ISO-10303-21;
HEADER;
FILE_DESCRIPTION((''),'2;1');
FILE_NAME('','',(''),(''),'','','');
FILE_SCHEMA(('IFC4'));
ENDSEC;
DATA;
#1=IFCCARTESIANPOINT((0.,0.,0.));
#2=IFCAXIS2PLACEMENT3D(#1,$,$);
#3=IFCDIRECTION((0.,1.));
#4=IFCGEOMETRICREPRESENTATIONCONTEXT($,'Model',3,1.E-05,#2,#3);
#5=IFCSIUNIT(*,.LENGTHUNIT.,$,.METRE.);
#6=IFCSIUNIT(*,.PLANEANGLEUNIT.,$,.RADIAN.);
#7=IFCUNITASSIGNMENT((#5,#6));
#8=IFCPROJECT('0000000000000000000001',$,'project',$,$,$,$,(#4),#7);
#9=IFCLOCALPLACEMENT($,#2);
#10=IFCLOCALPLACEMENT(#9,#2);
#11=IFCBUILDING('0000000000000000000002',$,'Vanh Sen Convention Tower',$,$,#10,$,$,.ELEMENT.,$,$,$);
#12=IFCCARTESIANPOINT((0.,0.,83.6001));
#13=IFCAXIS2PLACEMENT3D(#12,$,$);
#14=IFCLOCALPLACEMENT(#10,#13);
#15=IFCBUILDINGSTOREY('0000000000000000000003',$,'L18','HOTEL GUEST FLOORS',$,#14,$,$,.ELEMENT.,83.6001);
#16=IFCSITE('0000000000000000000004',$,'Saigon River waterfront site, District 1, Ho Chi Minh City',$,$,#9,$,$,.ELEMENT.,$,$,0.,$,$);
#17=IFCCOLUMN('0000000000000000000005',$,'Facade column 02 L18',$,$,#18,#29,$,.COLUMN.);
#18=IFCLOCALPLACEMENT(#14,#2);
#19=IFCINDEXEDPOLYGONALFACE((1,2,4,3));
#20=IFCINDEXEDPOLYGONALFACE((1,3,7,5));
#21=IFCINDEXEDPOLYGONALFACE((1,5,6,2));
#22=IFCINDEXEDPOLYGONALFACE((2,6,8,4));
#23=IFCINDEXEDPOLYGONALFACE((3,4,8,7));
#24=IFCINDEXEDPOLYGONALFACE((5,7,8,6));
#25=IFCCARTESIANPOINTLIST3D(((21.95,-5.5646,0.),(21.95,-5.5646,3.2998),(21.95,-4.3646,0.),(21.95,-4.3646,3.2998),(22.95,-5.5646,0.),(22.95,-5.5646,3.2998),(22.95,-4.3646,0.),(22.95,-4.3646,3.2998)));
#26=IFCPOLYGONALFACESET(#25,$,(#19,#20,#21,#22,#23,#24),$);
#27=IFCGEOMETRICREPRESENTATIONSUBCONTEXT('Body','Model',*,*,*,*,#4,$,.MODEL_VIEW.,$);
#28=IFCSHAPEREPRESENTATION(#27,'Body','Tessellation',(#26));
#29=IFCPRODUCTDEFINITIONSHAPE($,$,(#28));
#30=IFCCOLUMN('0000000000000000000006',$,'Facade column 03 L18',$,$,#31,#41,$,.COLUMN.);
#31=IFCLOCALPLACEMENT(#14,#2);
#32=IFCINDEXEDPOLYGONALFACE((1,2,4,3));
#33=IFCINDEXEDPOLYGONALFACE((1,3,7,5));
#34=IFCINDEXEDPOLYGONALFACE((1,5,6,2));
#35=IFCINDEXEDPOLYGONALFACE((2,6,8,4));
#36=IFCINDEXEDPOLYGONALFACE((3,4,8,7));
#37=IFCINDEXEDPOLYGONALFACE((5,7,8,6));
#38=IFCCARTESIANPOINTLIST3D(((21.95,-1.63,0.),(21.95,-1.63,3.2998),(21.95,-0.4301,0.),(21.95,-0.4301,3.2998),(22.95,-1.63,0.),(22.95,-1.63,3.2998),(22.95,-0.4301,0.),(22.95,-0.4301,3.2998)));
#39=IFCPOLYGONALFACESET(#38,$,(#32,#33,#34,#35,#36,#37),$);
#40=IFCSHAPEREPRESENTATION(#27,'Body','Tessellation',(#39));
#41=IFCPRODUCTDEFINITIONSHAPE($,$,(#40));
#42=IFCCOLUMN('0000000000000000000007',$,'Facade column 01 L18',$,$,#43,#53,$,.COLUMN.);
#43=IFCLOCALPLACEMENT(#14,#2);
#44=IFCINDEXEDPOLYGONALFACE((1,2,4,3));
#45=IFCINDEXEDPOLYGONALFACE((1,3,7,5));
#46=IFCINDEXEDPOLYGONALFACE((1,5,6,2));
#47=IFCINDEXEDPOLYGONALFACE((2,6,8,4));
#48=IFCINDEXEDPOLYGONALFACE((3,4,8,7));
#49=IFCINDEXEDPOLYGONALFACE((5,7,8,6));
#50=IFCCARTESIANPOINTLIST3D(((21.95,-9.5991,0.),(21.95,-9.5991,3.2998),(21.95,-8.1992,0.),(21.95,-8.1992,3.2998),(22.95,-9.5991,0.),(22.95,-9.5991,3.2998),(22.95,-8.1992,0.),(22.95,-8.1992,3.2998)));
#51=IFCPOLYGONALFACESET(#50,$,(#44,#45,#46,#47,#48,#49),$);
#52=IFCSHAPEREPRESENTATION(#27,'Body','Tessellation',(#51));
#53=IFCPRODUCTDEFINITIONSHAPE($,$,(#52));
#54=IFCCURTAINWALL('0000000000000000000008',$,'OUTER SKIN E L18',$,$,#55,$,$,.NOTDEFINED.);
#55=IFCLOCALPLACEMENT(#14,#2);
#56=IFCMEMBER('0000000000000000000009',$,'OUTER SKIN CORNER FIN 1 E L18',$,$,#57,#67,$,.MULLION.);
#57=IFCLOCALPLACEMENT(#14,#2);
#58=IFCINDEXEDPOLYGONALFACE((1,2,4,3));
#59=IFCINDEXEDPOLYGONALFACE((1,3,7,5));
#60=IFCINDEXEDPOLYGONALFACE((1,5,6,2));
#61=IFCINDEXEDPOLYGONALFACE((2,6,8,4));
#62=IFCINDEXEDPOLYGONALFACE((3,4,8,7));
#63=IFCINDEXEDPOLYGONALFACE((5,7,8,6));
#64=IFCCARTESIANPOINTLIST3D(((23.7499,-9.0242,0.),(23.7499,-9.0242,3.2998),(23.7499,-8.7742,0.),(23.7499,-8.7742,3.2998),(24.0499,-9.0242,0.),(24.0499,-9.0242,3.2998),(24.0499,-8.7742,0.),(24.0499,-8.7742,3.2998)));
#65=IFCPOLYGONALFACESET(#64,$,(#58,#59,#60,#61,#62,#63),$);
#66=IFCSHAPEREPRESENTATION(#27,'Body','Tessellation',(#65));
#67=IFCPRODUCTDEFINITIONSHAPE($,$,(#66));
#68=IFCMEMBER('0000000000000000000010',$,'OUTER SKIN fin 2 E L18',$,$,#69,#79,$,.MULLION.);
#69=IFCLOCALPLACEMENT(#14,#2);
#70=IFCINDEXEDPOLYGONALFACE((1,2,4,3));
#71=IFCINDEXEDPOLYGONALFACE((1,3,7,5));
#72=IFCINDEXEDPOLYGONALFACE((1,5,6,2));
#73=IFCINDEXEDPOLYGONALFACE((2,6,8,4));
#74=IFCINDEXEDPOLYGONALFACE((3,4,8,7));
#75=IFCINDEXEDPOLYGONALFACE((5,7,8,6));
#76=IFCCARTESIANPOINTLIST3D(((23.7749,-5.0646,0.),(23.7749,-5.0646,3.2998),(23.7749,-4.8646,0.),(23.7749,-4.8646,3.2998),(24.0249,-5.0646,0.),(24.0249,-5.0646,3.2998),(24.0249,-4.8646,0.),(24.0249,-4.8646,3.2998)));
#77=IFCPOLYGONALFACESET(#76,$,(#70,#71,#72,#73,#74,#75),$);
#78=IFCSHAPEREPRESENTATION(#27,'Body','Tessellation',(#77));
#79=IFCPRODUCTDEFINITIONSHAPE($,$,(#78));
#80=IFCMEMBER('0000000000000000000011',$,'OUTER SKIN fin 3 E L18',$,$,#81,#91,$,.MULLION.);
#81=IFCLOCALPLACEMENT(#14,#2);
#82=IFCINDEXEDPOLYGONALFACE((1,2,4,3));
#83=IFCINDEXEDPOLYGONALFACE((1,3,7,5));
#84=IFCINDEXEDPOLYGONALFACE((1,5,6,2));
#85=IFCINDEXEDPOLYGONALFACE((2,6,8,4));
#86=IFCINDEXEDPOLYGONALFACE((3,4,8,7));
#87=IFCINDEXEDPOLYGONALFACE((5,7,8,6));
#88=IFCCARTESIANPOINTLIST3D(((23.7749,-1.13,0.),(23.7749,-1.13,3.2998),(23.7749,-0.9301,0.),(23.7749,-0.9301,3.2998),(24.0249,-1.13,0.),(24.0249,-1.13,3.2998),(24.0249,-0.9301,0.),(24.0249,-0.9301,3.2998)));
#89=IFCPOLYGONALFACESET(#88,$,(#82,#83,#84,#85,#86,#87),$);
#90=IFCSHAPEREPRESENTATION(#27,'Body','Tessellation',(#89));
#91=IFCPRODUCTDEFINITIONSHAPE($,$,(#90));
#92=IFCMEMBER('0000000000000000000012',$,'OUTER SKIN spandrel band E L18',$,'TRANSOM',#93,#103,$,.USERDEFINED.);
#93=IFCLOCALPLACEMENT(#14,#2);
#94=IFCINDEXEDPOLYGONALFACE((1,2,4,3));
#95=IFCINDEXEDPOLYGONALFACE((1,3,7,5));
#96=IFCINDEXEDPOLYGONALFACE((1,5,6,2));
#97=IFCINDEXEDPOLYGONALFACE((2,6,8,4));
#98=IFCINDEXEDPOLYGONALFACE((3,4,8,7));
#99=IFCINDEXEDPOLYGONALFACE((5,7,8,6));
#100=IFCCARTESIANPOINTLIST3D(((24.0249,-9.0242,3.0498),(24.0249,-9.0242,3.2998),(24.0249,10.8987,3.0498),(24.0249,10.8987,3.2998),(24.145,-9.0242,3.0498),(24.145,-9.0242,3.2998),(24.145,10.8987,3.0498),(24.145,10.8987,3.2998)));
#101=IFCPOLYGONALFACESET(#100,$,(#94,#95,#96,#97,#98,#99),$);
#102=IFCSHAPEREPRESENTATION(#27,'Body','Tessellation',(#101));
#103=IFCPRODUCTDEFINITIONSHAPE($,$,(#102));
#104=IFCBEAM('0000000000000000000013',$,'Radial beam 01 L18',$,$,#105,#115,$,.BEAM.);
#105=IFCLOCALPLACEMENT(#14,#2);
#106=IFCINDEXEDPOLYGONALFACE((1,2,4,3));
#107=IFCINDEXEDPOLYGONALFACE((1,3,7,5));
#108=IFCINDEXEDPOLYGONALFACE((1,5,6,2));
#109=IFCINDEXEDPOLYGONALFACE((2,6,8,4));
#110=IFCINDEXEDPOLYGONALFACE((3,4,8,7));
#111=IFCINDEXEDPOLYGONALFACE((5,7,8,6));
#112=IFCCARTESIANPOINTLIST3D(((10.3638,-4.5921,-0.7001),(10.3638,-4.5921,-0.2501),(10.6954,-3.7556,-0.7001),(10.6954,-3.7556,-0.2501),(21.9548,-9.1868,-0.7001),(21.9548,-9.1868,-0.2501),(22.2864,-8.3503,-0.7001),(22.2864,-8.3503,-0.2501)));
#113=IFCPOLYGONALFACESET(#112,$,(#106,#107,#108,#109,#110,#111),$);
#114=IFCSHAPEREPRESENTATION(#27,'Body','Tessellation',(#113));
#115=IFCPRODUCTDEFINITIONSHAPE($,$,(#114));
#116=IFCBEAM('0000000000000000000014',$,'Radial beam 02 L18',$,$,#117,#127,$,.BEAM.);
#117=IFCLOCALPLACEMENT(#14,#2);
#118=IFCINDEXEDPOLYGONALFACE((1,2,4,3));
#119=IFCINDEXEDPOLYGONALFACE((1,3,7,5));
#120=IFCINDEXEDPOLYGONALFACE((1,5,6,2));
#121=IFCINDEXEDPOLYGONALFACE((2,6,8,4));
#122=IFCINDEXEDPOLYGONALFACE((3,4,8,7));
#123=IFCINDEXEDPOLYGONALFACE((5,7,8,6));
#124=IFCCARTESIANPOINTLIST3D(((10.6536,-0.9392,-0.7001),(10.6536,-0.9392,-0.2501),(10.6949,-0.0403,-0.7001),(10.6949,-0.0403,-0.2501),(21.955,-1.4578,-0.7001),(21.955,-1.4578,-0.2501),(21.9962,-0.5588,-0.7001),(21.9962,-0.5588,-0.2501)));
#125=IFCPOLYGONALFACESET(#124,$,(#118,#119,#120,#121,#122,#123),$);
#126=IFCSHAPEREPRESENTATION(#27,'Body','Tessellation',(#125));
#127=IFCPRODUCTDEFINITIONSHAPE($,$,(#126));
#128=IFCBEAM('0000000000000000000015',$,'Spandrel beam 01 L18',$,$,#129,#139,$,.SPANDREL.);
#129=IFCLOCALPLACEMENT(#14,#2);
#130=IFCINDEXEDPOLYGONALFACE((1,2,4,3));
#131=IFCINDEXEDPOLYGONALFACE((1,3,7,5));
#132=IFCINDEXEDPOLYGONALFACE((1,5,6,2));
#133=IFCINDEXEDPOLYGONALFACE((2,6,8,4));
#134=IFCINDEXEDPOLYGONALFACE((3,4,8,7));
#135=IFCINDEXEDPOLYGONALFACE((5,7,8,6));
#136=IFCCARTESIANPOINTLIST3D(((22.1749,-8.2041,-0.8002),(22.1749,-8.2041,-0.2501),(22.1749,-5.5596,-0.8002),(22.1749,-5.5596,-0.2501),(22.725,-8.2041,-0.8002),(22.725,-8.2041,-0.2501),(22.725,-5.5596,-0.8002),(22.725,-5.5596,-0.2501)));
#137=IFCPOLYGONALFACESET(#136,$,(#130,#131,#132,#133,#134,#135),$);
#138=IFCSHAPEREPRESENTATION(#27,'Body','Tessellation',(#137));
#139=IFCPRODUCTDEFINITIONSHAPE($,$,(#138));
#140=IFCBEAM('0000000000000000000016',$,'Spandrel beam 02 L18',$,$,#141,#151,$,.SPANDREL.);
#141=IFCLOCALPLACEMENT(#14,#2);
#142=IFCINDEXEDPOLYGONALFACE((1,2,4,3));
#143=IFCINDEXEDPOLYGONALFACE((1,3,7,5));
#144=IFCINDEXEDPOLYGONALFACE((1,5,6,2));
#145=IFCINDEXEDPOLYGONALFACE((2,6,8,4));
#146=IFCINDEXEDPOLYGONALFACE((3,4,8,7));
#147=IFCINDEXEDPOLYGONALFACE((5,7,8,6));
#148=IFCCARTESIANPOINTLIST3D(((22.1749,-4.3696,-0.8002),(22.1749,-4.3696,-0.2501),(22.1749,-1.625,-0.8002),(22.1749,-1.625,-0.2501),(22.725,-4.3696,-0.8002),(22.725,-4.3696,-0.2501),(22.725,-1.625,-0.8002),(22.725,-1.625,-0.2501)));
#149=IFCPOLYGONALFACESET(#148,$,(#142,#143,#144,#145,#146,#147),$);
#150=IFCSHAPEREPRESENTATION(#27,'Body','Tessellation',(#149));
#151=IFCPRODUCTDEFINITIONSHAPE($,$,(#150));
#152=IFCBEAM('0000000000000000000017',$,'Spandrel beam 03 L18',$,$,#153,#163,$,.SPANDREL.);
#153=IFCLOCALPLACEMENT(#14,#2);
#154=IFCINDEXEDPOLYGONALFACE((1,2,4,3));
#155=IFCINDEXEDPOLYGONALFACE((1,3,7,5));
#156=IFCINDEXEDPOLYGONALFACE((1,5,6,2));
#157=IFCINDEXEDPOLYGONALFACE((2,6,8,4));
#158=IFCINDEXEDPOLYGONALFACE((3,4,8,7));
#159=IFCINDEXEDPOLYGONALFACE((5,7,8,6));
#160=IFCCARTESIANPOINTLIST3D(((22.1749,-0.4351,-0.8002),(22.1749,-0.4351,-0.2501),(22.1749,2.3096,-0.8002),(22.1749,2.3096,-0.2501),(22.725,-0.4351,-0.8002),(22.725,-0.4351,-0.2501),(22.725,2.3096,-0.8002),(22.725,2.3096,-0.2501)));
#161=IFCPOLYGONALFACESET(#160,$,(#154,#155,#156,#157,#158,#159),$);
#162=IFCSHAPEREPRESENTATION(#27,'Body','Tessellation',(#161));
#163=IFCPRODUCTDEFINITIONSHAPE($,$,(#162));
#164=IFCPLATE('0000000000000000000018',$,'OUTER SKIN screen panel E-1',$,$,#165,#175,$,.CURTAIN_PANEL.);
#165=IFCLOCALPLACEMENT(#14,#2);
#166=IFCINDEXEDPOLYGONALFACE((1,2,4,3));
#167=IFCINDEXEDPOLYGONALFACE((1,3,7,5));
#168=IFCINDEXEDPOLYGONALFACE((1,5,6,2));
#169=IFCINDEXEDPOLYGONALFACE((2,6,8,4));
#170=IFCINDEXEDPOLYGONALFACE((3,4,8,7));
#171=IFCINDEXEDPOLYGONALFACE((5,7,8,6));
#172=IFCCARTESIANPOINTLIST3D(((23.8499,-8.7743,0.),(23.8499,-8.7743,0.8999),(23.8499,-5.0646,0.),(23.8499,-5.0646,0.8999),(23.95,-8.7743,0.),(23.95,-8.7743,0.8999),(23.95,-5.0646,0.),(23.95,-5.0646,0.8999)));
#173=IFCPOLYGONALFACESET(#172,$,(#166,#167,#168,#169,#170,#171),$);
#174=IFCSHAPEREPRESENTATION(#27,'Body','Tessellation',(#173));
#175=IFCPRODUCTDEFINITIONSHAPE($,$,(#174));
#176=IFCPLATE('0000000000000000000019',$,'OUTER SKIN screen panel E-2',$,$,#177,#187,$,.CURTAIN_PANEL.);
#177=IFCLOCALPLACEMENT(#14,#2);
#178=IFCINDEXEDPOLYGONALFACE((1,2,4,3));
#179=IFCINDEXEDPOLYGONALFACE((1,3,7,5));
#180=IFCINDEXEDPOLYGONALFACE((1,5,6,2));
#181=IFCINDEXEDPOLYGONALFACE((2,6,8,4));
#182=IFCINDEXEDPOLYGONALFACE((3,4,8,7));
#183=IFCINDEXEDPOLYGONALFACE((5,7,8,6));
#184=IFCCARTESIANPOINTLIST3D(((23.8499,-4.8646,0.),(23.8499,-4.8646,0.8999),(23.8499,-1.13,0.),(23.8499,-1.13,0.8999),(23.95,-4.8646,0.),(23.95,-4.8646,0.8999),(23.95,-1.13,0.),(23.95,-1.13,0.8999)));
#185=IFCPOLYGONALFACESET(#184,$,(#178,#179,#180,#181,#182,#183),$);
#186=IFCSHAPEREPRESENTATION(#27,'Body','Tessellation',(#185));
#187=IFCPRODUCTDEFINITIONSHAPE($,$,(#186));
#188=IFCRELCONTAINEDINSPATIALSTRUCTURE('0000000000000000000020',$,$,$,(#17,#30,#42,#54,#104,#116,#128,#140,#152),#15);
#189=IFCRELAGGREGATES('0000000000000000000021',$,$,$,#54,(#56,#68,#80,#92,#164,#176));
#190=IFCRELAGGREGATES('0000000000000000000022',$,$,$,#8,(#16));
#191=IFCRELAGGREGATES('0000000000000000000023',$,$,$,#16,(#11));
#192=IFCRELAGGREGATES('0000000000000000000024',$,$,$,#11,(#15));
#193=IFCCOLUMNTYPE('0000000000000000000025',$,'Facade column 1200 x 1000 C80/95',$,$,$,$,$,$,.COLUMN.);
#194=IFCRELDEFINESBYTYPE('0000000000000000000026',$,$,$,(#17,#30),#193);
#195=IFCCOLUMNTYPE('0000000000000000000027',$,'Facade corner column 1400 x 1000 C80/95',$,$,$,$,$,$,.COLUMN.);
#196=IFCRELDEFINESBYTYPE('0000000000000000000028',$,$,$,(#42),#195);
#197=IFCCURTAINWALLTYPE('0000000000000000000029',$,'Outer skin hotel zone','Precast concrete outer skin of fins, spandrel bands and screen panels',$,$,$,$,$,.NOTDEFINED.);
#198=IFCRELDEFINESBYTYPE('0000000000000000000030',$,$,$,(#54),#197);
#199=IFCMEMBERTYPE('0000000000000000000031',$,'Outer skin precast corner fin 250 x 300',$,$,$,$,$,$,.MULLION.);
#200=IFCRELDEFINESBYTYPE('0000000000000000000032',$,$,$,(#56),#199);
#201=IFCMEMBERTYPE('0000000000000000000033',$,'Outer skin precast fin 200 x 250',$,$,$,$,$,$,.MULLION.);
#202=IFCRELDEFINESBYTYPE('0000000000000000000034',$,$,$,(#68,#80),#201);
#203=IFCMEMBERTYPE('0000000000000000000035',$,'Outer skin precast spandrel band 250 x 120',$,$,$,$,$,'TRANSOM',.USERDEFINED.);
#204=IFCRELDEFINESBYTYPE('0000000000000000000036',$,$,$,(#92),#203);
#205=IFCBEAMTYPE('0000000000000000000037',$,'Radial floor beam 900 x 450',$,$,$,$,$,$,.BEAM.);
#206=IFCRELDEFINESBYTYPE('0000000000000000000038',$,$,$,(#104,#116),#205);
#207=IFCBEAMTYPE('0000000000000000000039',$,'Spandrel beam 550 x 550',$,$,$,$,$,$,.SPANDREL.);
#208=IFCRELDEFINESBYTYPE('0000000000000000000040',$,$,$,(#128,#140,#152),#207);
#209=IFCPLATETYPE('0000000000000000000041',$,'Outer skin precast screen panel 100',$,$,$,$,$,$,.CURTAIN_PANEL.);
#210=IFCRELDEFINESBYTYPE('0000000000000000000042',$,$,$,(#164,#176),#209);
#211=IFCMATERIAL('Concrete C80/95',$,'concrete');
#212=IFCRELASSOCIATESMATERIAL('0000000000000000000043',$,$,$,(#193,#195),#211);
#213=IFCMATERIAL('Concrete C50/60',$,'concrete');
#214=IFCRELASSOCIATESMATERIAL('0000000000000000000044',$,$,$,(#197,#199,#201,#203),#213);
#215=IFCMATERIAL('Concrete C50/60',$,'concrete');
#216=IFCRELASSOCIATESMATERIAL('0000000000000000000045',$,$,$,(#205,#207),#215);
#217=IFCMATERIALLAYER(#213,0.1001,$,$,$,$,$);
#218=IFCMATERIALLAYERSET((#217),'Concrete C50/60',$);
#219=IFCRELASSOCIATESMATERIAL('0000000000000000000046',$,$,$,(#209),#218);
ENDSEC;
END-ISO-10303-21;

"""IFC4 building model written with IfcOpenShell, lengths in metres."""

from ifc_helpers import new_model, si_unit, direction, frame, origin, origin_2d, place, context, subcontext, project, spatial, rectangle, extrude, material, layer, layer_set, material_profile, profile_set, type_object, element, aggregate, save


model = new_model("IFC4")

# Units and contexts
model_context = context("Model", 3, precision=1e-05, world=origin(), true_north=direction((0.0, 1.0)))
body_context = subcontext(model_context, "Body", "Model", "MODEL_VIEW")
ifc_project = project(units=[si_unit("LENGTHUNIT", "METRE"), si_unit("PLANEANGLEUNIT", "RADIAN")], contexts=[model_context])

# Site, building, storey
site_placement = place(None, origin())
site = spatial("IfcSite", under=ifc_project, at=site_placement, Name="Saigon River waterfront site, District 1, Ho Chi Minh City", CompositionType="ELEMENT", RefElevation=0.0)
building_placement = place(site_placement, origin())
building = spatial("IfcBuilding", under=site, at=building_placement, Name="Vanh Sen Convention Tower", CompositionType="ELEMENT")
storey_placement = place(building_placement, frame((0.0, 0.0, 83.6001)))
storey = spatial("IfcBuildingStorey", under=building, at=storey_placement, Name="L18", Description="HOTEL GUEST FLOORS", CompositionType="ELEMENT", Elevation=83.6001)

# Columns
ifc_material_1 = material(Name="Concrete C80/95", Category="concrete")
ifc_material_profile_1 = material_profile(ifc_material_1, rectangle(XDim=1.2, YDim=1.0, at=origin_2d()), Name="RC 1200X1000")
ifc_profile_set_1 = profile_set([ifc_material_profile_1], Name="Concrete C80/95")
column_type_1 = type_object("IfcColumnType", Name="Facade column 1200 x 1000 C80/95", PredefinedType="COLUMN", material=ifc_profile_set_1)
for number, where, z_axis, x_axis, name in (
    (1, (22.45, -4.9646, 0.0), (0.0, 0.0, 1.0), (0.0, 1.0, 0.0), "Facade column 02 L18"),
    (2, (22.45, -1.03, 0.0), (0.0, 0.0, 1.0), (0.0, 1.0, 0.0), "Facade column 03 L18"),
):
    element("IfcColumn", number, at=place(storey_placement, frame(where, z_axis=z_axis, x_axis=x_axis)), inside=storey, type_object=column_type_1, Name=name, PredefinedType="COLUMN", context=body_context, shape_type="SweptSolid", body=[
        extrude(rectangle(XDim=1.2, YDim=1.0, at=origin_2d()), origin(), (0.0, 0.0, 1.0), 3.2998),
    ])
ifc_material_profile_2 = material_profile(ifc_material_1, rectangle(XDim=1.3999, YDim=1.0, at=origin_2d()), Name="RC 1400X1000")
ifc_profile_set_2 = profile_set([ifc_material_profile_2], Name="Concrete C80/95")
column_type_2 = type_object("IfcColumnType", Name="Facade corner column 1400 x 1000 C80/95", PredefinedType="COLUMN", material=ifc_profile_set_2)
column_placement = place(storey_placement, frame((22.45, -8.8992, 0.0), z_axis=(0.0, 0.0, 1.0), x_axis=(0.0, 1.0, 0.0)))
element("IfcColumn", 3, at=column_placement, inside=storey, type_object=column_type_2, Name="Facade column 01 L18", PredefinedType="COLUMN", context=body_context, shape_type="SweptSolid", body=[
    extrude(rectangle(XDim=1.3999, YDim=1.0, at=origin_2d()), origin(), (0.0, 0.0, 1.0), 3.2998),
])

# Curtain wall, members
ifc_material_2 = material(Name="Concrete C50/60", Category="concrete")
curtain_wall_type = type_object("IfcCurtainWallType", Name="Outer skin hotel zone", Description="Precast concrete outer skin of fins, spandrel bands and screen panels", PredefinedType="NOTDEFINED", material=ifc_material_2)
curtain_wall_placement = place(storey_placement, origin())
curtain_wall = element("IfcCurtainWall", 4, at=curtain_wall_placement, inside=storey, type_object=curtain_wall_type, Name="OUTER SKIN E L18", PredefinedType="NOTDEFINED")
ifc_material_profile_3 = material_profile(ifc_material_2, rectangle(XDim=0.25, YDim=0.3, at=origin_2d()), Name="Outer skin precast corner fin 250 x 300")
ifc_profile_set_3 = profile_set([ifc_material_profile_3], Name="Concrete C50/60")
member_type_1 = type_object("IfcMemberType", Name="Outer skin precast corner fin 250 x 300", PredefinedType="MULLION", material=ifc_profile_set_3)
member_1_placement = place(storey_placement, frame((23.8999, -8.8992, 0.0), z_axis=(0.0, 0.0, 1.0), x_axis=(0.0, 1.0, 0.0)))
member_1 = element("IfcMember", 5, at=member_1_placement, type_object=member_type_1, Name="OUTER SKIN CORNER FIN 1 E L18", PredefinedType="MULLION", context=body_context, shape_type="SweptSolid", body=[
    extrude(rectangle(XDim=0.25, YDim=0.3, at=origin_2d()), origin(), (0.0, 0.0, 1.0), 3.2998),
])
ifc_material_profile_4 = material_profile(ifc_material_2, rectangle(XDim=0.2, YDim=0.25, at=origin_2d()), Name="Outer skin precast fin 200 x 250")
ifc_profile_set_4 = profile_set([ifc_material_profile_4], Name="Concrete C50/60")
member_type_2 = type_object("IfcMemberType", Name="Outer skin precast fin 200 x 250", PredefinedType="MULLION", material=ifc_profile_set_4)
member_2_placement = place(storey_placement, frame((23.8999, -4.9646, 0.0), z_axis=(0.0, 0.0, 1.0), x_axis=(0.0, 1.0, 0.0)))
member_2 = element("IfcMember", 6, at=member_2_placement, type_object=member_type_2, Name="OUTER SKIN fin 2 E L18", PredefinedType="MULLION", context=body_context, shape_type="SweptSolid", body=[
    extrude(rectangle(XDim=0.2, YDim=0.25, at=origin_2d()), origin(), (0.0, 0.0, 1.0), 3.2998),
])
member_3_placement = place(storey_placement, frame((23.8999, -1.03, 0.0), z_axis=(0.0, 0.0, 1.0), x_axis=(0.0, 1.0, 0.0)))
member_3 = element("IfcMember", 7, at=member_3_placement, type_object=member_type_2, Name="OUTER SKIN fin 3 E L18", PredefinedType="MULLION", context=body_context, shape_type="SweptSolid", body=[
    extrude(rectangle(XDim=0.2, YDim=0.25, at=origin_2d()), origin(), (0.0, 0.0, 1.0), 3.2998),
])
ifc_material_profile_5 = material_profile(ifc_material_2, rectangle(XDim=0.1201, YDim=0.25, at=origin_2d()), Name="Outer skin precast spandrel band 250 x 120")
ifc_profile_set_5 = profile_set([ifc_material_profile_5], Name="Concrete C50/60")
member_type_3 = type_object("IfcMemberType", Name="Outer skin precast spandrel band 250 x 120", ElementType="TRANSOM", PredefinedType="USERDEFINED", material=ifc_profile_set_5)
member_4_placement = place(storey_placement, frame((24.085, -9.0242, 3.1748), z_axis=(0.0, 1.0, 0.0), x_axis=(-1.0, 0.0, 0.0)))
member_4 = element("IfcMember", 8, at=member_4_placement, type_object=member_type_3, Name="OUTER SKIN spandrel band E L18", ObjectType="TRANSOM", PredefinedType="USERDEFINED", context=body_context, shape_type="SweptSolid", body=[
    extrude(rectangle(XDim=0.1201, YDim=0.25, at=origin_2d()), origin(), (0.0, 0.0, 1.0), 19.9229),
])

# Beams
ifc_material_3 = material(Name="Concrete C50/60", Category="concrete")
ifc_material_profile_6 = material_profile(ifc_material_3, rectangle(XDim=0.8999, YDim=0.45, at=origin_2d()), Name="RC 900X450")
ifc_profile_set_6 = profile_set([ifc_material_profile_6], Name="Concrete C50/60")
beam_type_1 = type_object("IfcBeamType", Name="Radial floor beam 900 x 450", PredefinedType="BEAM", material=ifc_profile_set_6)
beam_1_placement = place(storey_placement, frame((22.1206, -8.7686, -0.4751), z_axis=(-0.929625, 0.368506, 0.0), x_axis=(-0.368506, -0.929625, 0.0)))
element("IfcBeam", 9, at=beam_1_placement, inside=storey, type_object=beam_type_1, Name="Radial beam 01 L18", PredefinedType="BEAM", context=body_context, shape_type="SweptSolid", body=[
    extrude(rectangle(XDim=0.8999, YDim=0.45, at=origin_2d()), origin(), (0.0, 0.0, 1.0), 12.4685),
])
beam_2_placement = place(storey_placement, frame((21.9756, -1.0083, -0.4751), z_axis=(-0.998949, 0.045836, 0.0), x_axis=(-0.045836, -0.998949, 0.0)))
element("IfcBeam", 10, at=beam_2_placement, inside=storey, type_object=beam_type_1, Name="Radial beam 02 L18", PredefinedType="BEAM", context=body_context, shape_type="SweptSolid", body=[
    extrude(rectangle(XDim=0.8999, YDim=0.45, at=origin_2d()), origin(), (0.0, 0.0, 1.0), 11.3132),
])
ifc_material_profile_7 = material_profile(ifc_material_3, rectangle(XDim=0.55, YDim=0.55, at=origin_2d()), Name="RC 550X550")
ifc_profile_set_7 = profile_set([ifc_material_profile_7], Name="Concrete C50/60")
beam_type_2 = type_object("IfcBeamType", Name="Spandrel beam 550 x 550", PredefinedType="SPANDREL", material=ifc_profile_set_7)
beam_3_placement = place(storey_placement, frame((22.45, -8.2041, -0.5251), z_axis=(0.0, 1.0, 0.0), x_axis=(-1.0, 0.0, 0.0)))
element("IfcBeam", 11, at=beam_3_placement, inside=storey, type_object=beam_type_2, Name="Spandrel beam 01 L18", PredefinedType="SPANDREL", context=body_context, shape_type="SweptSolid", body=[
    extrude(rectangle(XDim=0.55, YDim=0.55, at=origin_2d()), origin(), (0.0, 0.0, 1.0), 2.6445),
])
for number, where, z_axis, x_axis, name in (
    (12, (22.45, -4.3696, -0.5251), (0.0, 1.0, 0.0), (-1.0, 0.0, 0.0), "Spandrel beam 02 L18"),
    (13, (22.45, -0.4351, -0.5251), (0.0, 1.0, 0.0), (-1.0, 0.0, 0.0), "Spandrel beam 03 L18"),
):
    element("IfcBeam", number, at=place(storey_placement, frame(where, z_axis=z_axis, x_axis=x_axis)), inside=storey, type_object=beam_type_2, Name=name, PredefinedType="SPANDREL", context=body_context, shape_type="SweptSolid", body=[
        extrude(rectangle(XDim=0.55, YDim=0.55, at=origin_2d()), origin(), (0.0, 0.0, 1.0), 2.7446),
    ])

# Plates
ifc_layer_1 = layer(ifc_material_2, 0.1001)
ifc_layer_set_1 = layer_set([ifc_layer_1], Name="Concrete C50/60")
plate_type = type_object("IfcPlateType", Name="Outer skin precast screen panel 100", PredefinedType="CURTAIN_PANEL", material=ifc_layer_set_1)
plate_1_placement = place(storey_placement, frame((23.8999, -6.9194, 0.0), z_axis=(0.0, 0.0, 1.0), x_axis=(0.0, 1.0, 0.0)))
plate_1 = element("IfcPlate", 14, at=plate_1_placement, type_object=plate_type, Name="OUTER SKIN screen panel E-1", PredefinedType="CURTAIN_PANEL", context=body_context, shape_type="SweptSolid", body=[
    extrude(rectangle(XDim=3.7097, YDim=0.1001, at=origin_2d()), origin(), (0.0, 0.0, 1.0), 0.8999),
])
plate_2_placement = place(storey_placement, frame((23.8999, -2.9973, 0.0), z_axis=(0.0, 0.0, 1.0), x_axis=(0.0, 1.0, 0.0)))
plate_2 = element("IfcPlate", 15, at=plate_2_placement, type_object=plate_type, Name="OUTER SKIN screen panel E-2", PredefinedType="CURTAIN_PANEL", context=body_context, shape_type="SweptSolid", body=[
    extrude(rectangle(XDim=3.7346, YDim=0.1001, at=origin_2d()), origin(), (0.0, 0.0, 1.0), 0.8999),
])
aggregate(curtain_wall, [member_1, member_2, member_3, member_4, plate_1, plate_2])

save(model, "model.ifc")
